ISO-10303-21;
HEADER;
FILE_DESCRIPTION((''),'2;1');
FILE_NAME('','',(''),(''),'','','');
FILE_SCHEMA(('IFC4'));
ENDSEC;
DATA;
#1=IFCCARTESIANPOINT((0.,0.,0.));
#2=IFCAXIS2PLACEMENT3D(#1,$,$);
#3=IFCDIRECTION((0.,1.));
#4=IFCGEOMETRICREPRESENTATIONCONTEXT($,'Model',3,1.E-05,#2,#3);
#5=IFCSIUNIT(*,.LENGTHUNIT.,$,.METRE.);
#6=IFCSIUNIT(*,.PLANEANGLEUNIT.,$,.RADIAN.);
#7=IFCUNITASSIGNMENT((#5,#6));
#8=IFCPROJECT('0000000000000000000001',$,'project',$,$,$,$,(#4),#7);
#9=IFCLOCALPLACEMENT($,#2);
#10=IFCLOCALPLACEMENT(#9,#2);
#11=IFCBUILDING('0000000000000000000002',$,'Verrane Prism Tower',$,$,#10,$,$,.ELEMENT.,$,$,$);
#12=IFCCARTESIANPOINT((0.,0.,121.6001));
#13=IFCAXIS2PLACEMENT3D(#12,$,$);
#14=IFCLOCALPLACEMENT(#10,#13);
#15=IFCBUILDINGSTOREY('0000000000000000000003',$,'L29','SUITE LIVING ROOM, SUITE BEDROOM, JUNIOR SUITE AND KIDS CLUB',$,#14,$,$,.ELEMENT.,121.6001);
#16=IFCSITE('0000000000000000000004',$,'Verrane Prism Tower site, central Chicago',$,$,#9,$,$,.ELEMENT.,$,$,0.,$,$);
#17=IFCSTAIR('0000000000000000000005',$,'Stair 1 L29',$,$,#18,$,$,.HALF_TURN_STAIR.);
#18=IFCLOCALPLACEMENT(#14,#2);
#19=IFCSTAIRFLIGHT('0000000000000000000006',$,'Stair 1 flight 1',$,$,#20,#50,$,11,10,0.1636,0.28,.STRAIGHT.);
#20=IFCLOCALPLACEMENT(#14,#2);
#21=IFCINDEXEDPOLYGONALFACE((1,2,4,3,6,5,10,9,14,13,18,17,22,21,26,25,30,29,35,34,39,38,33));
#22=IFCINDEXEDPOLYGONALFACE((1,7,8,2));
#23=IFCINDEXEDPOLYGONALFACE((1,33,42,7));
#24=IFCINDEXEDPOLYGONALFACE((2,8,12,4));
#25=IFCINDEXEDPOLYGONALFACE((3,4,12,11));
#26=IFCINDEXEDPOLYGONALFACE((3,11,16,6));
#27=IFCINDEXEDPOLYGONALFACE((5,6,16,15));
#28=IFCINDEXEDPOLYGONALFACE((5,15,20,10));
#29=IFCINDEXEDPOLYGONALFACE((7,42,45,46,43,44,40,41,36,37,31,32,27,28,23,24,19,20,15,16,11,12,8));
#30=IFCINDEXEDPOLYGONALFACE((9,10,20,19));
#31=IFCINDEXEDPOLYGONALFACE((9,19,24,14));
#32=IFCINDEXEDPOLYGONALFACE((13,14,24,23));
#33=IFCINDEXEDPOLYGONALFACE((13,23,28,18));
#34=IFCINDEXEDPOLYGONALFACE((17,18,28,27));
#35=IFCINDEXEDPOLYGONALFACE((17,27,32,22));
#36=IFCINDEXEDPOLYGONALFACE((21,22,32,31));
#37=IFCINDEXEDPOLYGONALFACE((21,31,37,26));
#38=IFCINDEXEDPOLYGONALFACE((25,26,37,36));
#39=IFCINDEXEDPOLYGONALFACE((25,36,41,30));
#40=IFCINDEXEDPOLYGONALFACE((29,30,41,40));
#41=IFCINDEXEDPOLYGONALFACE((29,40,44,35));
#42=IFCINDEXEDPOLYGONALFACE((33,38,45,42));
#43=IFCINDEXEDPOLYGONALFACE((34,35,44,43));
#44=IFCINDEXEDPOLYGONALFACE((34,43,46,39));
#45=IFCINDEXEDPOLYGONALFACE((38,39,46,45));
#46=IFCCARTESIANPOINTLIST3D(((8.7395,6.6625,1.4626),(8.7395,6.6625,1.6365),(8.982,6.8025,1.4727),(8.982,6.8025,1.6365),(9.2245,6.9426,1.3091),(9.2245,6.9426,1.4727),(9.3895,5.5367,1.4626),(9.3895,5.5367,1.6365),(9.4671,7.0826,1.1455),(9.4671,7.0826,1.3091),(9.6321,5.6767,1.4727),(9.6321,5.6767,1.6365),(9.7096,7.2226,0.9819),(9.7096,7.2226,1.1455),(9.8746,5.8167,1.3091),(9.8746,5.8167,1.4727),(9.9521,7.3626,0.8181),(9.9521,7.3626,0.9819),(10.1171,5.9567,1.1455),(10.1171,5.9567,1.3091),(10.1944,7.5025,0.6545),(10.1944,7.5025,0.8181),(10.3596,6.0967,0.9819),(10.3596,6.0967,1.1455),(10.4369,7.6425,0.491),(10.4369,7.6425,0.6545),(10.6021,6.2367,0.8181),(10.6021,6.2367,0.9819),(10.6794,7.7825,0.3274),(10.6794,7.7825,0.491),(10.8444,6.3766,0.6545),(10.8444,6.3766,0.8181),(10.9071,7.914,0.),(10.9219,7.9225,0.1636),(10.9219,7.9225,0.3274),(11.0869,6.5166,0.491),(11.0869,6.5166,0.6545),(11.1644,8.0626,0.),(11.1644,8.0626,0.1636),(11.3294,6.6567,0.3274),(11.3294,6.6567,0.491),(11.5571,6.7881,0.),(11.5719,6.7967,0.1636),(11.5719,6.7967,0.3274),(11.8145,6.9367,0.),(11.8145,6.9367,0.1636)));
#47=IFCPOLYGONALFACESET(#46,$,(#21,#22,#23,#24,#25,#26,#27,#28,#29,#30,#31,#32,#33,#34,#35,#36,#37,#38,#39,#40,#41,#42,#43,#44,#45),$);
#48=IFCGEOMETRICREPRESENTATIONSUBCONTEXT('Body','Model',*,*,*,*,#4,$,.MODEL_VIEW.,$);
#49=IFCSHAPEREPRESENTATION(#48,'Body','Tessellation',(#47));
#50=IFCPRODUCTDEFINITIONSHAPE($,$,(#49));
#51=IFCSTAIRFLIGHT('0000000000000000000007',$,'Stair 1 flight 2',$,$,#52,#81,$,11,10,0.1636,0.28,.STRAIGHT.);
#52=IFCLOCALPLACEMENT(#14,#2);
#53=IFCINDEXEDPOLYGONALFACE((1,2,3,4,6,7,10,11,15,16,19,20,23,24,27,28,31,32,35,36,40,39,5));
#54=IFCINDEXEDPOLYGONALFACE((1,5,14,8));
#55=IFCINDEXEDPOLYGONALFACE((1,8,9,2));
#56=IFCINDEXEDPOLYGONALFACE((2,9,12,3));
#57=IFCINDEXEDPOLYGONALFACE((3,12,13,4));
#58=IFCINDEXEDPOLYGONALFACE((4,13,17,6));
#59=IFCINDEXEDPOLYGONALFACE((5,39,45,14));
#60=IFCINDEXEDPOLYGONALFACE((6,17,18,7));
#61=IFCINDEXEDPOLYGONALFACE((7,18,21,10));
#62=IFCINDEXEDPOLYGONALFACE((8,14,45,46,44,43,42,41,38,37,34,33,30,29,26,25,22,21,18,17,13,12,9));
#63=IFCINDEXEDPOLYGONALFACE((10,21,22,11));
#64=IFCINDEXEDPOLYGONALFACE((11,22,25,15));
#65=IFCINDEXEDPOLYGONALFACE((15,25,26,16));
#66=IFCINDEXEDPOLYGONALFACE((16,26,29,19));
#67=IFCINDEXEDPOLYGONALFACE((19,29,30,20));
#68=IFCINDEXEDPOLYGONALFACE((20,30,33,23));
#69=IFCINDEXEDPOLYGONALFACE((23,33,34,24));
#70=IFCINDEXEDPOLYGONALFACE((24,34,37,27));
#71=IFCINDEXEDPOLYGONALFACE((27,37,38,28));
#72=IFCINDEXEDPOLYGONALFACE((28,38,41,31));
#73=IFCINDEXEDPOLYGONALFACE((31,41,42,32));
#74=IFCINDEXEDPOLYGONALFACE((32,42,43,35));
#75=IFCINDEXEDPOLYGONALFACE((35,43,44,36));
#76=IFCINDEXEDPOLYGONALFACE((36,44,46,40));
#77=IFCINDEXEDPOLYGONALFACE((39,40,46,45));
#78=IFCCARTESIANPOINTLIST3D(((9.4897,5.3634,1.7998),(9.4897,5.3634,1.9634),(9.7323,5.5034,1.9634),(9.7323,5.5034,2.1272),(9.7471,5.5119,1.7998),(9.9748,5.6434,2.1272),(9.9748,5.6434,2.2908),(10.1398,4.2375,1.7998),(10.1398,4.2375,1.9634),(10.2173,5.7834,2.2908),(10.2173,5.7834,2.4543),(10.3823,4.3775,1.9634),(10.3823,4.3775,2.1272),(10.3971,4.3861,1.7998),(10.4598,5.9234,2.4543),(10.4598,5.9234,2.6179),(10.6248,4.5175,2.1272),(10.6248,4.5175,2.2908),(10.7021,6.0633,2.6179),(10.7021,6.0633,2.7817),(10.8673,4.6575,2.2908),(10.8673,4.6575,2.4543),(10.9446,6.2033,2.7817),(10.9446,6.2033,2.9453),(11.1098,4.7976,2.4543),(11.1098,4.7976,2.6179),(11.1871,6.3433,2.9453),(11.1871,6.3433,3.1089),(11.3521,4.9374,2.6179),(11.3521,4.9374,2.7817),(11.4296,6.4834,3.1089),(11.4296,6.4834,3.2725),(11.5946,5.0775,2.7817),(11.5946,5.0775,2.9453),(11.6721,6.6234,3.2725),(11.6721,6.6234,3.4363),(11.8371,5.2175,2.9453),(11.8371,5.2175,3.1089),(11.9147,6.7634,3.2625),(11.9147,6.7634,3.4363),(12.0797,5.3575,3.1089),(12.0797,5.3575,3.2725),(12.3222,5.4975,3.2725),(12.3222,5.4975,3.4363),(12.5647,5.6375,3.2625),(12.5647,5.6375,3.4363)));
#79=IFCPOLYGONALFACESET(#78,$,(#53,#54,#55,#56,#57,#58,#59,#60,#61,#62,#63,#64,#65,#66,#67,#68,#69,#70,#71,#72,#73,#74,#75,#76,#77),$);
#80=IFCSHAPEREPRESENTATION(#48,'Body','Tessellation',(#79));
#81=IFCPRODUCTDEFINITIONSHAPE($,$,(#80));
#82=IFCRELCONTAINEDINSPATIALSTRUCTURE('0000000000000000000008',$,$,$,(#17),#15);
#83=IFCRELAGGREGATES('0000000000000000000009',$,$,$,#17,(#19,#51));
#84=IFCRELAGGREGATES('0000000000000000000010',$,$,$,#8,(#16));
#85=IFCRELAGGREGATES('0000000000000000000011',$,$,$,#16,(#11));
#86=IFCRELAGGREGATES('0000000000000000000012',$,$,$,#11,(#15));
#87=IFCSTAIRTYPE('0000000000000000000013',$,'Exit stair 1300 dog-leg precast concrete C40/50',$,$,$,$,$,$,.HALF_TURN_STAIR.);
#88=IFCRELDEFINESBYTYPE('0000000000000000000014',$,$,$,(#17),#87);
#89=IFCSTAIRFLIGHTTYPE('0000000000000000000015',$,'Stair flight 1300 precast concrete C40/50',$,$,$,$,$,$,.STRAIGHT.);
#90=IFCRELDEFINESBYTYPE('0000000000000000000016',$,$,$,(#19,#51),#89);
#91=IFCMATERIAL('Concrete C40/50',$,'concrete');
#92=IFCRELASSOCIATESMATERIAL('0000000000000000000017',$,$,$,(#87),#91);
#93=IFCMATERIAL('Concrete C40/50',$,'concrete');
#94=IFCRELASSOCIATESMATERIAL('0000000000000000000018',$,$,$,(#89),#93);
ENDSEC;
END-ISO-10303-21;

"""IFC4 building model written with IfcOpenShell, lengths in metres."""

from ifc_helpers import new_model, si_unit, direction, frame, origin, place, context, subcontext, project, spatial, polyline, outline, extrude, material, type_object, element, aggregate, save


model = new_model("IFC4")

# Units and contexts
model_context = context("Model", 3, precision=1e-05, world=origin(), true_north=direction((0.0, 1.0)))
body_context = subcontext(model_context, "Body", "Model", "MODEL_VIEW")
ifc_project = project(units=[si_unit("LENGTHUNIT", "METRE"), si_unit("PLANEANGLEUNIT", "RADIAN")], contexts=[model_context])

# Site, building, storey
site_placement = place(None, origin())
site = spatial("IfcSite", under=ifc_project, at=site_placement, Name="Verrane Prism Tower site, central Chicago", CompositionType="ELEMENT", RefElevation=0.0)
building_placement = place(site_placement, origin())
building = spatial("IfcBuilding", under=site, at=building_placement, Name="Verrane Prism Tower", CompositionType="ELEMENT")
storey_placement = place(building_placement, frame((0.0, 0.0, 121.6001)))
storey = spatial("IfcBuildingStorey", under=building, at=storey_placement, Name="L29", Description="SUITE LIVING ROOM, SUITE BEDROOM, JUNIOR SUITE AND KIDS CLUB", CompositionType="ELEMENT", Elevation=121.6001)

# Stair, stair flights
ifc_material_1 = material(Name="Concrete C40/50", Category="concrete")
stair_type = type_object("IfcStairType", Name="Exit stair 1300 dog-leg precast concrete C40/50", PredefinedType="HALF_TURN_STAIR", material=ifc_material_1)
stair_placement = place(storey_placement, origin())
stair = element("IfcStair", 1, at=stair_placement, inside=storey, type_object=stair_type, Name="Stair 1 L29", PredefinedType="HALF_TURN_STAIR")
ifc_material_2 = material(Name="Concrete C40/50", Category="concrete")
stair_flight_type = type_object("IfcStairFlightType", Name="Stair flight 1300 precast concrete C40/50", PredefinedType="STRAIGHT", material=ifc_material_2)
stair_flight_1_placement = place(storey_placement, frame((11.4895, 7.4995, 0.0), z_axis=(0.0, 0.0, 1.0), x_axis=(-0.866025, -0.5, 0.0)))
stair_flight_1 = element("IfcStairFlight", 2, at=stair_flight_1_placement, type_object=stair_flight_type, Name="Stair 1 flight 1", NumberOfRisers=11, NumberOfTreads=10, PredefinedType="STRAIGHT", RiserHeight=0.1636, TreadLength=0.28, context=body_context, shape_type="SweptSolid", body=[
    extrude(outline(polyline([(0.0, 0.0), (0.0, 0.1636), (0.28, 0.1636), (0.28, 0.3274), (0.5601, 0.3274), (0.5601, 0.491), (0.8401, 0.491), (0.8401, 0.6545), (1.1201, 0.6545), (1.1201, 0.8181), (1.3999, 0.8181), (1.3999, 0.9819), (1.6799, 0.9819), (1.6799, 1.1455), (1.96, 1.1455), (1.96, 1.3091), (2.24, 1.3091), (2.24, 1.4727), (2.52, 1.4727), (2.52, 1.6365), (2.8, 1.6365), (2.8, 1.8), (2.8, 1.4626), (0.2971, 0.0), (0.0, 0.0)])), frame((0.0, 0.6499, 0.0), z_axis=(0.0, -1.0, 0.0), x_axis=(1.0, 0.0, 0.0)), (0.0, 0.0, 1.0), 1.3),
])
stair_flight_2_placement = place(storey_placement, frame((9.8147, 4.8005, 1.7998), z_axis=(0.0, 0.0, 1.0), x_axis=(0.866025, 0.5, 0.0)))
stair_flight_2 = element("IfcStairFlight", 3, at=stair_flight_2_placement, type_object=stair_flight_type, Name="Stair 1 flight 2", NumberOfRisers=11, NumberOfTreads=10, PredefinedType="STRAIGHT", RiserHeight=0.1636, TreadLength=0.28, context=body_context, shape_type="SweptSolid", body=[
    extrude(outline(polyline([(0.0, 0.0), (0.0, 0.1636), (0.28, 0.1636), (0.28, 0.3274), (0.5601, 0.3274), (0.5601, 0.491), (0.8401, 0.491), (0.8401, 0.6545), (1.1201, 0.6545), (1.1201, 0.8181), (1.3999, 0.8181), (1.3999, 0.9819), (1.6799, 0.9819), (1.6799, 1.1455), (1.96, 1.1455), (1.96, 1.3091), (2.24, 1.3091), (2.24, 1.4727), (2.52, 1.4727), (2.52, 1.6365), (2.8, 1.6365), (2.8, 1.8), (2.8, 1.4626), (0.2971, 0.0), (0.0, 0.0)])), frame((0.0, 0.6499, 0.0), z_axis=(0.0, -1.0, 0.0), x_axis=(1.0, 0.0, 0.0)), (0.0, 0.0, 1.0), 1.3),
])
aggregate(stair, [stair_flight_1, stair_flight_2])

save(model, "model.ifc")
